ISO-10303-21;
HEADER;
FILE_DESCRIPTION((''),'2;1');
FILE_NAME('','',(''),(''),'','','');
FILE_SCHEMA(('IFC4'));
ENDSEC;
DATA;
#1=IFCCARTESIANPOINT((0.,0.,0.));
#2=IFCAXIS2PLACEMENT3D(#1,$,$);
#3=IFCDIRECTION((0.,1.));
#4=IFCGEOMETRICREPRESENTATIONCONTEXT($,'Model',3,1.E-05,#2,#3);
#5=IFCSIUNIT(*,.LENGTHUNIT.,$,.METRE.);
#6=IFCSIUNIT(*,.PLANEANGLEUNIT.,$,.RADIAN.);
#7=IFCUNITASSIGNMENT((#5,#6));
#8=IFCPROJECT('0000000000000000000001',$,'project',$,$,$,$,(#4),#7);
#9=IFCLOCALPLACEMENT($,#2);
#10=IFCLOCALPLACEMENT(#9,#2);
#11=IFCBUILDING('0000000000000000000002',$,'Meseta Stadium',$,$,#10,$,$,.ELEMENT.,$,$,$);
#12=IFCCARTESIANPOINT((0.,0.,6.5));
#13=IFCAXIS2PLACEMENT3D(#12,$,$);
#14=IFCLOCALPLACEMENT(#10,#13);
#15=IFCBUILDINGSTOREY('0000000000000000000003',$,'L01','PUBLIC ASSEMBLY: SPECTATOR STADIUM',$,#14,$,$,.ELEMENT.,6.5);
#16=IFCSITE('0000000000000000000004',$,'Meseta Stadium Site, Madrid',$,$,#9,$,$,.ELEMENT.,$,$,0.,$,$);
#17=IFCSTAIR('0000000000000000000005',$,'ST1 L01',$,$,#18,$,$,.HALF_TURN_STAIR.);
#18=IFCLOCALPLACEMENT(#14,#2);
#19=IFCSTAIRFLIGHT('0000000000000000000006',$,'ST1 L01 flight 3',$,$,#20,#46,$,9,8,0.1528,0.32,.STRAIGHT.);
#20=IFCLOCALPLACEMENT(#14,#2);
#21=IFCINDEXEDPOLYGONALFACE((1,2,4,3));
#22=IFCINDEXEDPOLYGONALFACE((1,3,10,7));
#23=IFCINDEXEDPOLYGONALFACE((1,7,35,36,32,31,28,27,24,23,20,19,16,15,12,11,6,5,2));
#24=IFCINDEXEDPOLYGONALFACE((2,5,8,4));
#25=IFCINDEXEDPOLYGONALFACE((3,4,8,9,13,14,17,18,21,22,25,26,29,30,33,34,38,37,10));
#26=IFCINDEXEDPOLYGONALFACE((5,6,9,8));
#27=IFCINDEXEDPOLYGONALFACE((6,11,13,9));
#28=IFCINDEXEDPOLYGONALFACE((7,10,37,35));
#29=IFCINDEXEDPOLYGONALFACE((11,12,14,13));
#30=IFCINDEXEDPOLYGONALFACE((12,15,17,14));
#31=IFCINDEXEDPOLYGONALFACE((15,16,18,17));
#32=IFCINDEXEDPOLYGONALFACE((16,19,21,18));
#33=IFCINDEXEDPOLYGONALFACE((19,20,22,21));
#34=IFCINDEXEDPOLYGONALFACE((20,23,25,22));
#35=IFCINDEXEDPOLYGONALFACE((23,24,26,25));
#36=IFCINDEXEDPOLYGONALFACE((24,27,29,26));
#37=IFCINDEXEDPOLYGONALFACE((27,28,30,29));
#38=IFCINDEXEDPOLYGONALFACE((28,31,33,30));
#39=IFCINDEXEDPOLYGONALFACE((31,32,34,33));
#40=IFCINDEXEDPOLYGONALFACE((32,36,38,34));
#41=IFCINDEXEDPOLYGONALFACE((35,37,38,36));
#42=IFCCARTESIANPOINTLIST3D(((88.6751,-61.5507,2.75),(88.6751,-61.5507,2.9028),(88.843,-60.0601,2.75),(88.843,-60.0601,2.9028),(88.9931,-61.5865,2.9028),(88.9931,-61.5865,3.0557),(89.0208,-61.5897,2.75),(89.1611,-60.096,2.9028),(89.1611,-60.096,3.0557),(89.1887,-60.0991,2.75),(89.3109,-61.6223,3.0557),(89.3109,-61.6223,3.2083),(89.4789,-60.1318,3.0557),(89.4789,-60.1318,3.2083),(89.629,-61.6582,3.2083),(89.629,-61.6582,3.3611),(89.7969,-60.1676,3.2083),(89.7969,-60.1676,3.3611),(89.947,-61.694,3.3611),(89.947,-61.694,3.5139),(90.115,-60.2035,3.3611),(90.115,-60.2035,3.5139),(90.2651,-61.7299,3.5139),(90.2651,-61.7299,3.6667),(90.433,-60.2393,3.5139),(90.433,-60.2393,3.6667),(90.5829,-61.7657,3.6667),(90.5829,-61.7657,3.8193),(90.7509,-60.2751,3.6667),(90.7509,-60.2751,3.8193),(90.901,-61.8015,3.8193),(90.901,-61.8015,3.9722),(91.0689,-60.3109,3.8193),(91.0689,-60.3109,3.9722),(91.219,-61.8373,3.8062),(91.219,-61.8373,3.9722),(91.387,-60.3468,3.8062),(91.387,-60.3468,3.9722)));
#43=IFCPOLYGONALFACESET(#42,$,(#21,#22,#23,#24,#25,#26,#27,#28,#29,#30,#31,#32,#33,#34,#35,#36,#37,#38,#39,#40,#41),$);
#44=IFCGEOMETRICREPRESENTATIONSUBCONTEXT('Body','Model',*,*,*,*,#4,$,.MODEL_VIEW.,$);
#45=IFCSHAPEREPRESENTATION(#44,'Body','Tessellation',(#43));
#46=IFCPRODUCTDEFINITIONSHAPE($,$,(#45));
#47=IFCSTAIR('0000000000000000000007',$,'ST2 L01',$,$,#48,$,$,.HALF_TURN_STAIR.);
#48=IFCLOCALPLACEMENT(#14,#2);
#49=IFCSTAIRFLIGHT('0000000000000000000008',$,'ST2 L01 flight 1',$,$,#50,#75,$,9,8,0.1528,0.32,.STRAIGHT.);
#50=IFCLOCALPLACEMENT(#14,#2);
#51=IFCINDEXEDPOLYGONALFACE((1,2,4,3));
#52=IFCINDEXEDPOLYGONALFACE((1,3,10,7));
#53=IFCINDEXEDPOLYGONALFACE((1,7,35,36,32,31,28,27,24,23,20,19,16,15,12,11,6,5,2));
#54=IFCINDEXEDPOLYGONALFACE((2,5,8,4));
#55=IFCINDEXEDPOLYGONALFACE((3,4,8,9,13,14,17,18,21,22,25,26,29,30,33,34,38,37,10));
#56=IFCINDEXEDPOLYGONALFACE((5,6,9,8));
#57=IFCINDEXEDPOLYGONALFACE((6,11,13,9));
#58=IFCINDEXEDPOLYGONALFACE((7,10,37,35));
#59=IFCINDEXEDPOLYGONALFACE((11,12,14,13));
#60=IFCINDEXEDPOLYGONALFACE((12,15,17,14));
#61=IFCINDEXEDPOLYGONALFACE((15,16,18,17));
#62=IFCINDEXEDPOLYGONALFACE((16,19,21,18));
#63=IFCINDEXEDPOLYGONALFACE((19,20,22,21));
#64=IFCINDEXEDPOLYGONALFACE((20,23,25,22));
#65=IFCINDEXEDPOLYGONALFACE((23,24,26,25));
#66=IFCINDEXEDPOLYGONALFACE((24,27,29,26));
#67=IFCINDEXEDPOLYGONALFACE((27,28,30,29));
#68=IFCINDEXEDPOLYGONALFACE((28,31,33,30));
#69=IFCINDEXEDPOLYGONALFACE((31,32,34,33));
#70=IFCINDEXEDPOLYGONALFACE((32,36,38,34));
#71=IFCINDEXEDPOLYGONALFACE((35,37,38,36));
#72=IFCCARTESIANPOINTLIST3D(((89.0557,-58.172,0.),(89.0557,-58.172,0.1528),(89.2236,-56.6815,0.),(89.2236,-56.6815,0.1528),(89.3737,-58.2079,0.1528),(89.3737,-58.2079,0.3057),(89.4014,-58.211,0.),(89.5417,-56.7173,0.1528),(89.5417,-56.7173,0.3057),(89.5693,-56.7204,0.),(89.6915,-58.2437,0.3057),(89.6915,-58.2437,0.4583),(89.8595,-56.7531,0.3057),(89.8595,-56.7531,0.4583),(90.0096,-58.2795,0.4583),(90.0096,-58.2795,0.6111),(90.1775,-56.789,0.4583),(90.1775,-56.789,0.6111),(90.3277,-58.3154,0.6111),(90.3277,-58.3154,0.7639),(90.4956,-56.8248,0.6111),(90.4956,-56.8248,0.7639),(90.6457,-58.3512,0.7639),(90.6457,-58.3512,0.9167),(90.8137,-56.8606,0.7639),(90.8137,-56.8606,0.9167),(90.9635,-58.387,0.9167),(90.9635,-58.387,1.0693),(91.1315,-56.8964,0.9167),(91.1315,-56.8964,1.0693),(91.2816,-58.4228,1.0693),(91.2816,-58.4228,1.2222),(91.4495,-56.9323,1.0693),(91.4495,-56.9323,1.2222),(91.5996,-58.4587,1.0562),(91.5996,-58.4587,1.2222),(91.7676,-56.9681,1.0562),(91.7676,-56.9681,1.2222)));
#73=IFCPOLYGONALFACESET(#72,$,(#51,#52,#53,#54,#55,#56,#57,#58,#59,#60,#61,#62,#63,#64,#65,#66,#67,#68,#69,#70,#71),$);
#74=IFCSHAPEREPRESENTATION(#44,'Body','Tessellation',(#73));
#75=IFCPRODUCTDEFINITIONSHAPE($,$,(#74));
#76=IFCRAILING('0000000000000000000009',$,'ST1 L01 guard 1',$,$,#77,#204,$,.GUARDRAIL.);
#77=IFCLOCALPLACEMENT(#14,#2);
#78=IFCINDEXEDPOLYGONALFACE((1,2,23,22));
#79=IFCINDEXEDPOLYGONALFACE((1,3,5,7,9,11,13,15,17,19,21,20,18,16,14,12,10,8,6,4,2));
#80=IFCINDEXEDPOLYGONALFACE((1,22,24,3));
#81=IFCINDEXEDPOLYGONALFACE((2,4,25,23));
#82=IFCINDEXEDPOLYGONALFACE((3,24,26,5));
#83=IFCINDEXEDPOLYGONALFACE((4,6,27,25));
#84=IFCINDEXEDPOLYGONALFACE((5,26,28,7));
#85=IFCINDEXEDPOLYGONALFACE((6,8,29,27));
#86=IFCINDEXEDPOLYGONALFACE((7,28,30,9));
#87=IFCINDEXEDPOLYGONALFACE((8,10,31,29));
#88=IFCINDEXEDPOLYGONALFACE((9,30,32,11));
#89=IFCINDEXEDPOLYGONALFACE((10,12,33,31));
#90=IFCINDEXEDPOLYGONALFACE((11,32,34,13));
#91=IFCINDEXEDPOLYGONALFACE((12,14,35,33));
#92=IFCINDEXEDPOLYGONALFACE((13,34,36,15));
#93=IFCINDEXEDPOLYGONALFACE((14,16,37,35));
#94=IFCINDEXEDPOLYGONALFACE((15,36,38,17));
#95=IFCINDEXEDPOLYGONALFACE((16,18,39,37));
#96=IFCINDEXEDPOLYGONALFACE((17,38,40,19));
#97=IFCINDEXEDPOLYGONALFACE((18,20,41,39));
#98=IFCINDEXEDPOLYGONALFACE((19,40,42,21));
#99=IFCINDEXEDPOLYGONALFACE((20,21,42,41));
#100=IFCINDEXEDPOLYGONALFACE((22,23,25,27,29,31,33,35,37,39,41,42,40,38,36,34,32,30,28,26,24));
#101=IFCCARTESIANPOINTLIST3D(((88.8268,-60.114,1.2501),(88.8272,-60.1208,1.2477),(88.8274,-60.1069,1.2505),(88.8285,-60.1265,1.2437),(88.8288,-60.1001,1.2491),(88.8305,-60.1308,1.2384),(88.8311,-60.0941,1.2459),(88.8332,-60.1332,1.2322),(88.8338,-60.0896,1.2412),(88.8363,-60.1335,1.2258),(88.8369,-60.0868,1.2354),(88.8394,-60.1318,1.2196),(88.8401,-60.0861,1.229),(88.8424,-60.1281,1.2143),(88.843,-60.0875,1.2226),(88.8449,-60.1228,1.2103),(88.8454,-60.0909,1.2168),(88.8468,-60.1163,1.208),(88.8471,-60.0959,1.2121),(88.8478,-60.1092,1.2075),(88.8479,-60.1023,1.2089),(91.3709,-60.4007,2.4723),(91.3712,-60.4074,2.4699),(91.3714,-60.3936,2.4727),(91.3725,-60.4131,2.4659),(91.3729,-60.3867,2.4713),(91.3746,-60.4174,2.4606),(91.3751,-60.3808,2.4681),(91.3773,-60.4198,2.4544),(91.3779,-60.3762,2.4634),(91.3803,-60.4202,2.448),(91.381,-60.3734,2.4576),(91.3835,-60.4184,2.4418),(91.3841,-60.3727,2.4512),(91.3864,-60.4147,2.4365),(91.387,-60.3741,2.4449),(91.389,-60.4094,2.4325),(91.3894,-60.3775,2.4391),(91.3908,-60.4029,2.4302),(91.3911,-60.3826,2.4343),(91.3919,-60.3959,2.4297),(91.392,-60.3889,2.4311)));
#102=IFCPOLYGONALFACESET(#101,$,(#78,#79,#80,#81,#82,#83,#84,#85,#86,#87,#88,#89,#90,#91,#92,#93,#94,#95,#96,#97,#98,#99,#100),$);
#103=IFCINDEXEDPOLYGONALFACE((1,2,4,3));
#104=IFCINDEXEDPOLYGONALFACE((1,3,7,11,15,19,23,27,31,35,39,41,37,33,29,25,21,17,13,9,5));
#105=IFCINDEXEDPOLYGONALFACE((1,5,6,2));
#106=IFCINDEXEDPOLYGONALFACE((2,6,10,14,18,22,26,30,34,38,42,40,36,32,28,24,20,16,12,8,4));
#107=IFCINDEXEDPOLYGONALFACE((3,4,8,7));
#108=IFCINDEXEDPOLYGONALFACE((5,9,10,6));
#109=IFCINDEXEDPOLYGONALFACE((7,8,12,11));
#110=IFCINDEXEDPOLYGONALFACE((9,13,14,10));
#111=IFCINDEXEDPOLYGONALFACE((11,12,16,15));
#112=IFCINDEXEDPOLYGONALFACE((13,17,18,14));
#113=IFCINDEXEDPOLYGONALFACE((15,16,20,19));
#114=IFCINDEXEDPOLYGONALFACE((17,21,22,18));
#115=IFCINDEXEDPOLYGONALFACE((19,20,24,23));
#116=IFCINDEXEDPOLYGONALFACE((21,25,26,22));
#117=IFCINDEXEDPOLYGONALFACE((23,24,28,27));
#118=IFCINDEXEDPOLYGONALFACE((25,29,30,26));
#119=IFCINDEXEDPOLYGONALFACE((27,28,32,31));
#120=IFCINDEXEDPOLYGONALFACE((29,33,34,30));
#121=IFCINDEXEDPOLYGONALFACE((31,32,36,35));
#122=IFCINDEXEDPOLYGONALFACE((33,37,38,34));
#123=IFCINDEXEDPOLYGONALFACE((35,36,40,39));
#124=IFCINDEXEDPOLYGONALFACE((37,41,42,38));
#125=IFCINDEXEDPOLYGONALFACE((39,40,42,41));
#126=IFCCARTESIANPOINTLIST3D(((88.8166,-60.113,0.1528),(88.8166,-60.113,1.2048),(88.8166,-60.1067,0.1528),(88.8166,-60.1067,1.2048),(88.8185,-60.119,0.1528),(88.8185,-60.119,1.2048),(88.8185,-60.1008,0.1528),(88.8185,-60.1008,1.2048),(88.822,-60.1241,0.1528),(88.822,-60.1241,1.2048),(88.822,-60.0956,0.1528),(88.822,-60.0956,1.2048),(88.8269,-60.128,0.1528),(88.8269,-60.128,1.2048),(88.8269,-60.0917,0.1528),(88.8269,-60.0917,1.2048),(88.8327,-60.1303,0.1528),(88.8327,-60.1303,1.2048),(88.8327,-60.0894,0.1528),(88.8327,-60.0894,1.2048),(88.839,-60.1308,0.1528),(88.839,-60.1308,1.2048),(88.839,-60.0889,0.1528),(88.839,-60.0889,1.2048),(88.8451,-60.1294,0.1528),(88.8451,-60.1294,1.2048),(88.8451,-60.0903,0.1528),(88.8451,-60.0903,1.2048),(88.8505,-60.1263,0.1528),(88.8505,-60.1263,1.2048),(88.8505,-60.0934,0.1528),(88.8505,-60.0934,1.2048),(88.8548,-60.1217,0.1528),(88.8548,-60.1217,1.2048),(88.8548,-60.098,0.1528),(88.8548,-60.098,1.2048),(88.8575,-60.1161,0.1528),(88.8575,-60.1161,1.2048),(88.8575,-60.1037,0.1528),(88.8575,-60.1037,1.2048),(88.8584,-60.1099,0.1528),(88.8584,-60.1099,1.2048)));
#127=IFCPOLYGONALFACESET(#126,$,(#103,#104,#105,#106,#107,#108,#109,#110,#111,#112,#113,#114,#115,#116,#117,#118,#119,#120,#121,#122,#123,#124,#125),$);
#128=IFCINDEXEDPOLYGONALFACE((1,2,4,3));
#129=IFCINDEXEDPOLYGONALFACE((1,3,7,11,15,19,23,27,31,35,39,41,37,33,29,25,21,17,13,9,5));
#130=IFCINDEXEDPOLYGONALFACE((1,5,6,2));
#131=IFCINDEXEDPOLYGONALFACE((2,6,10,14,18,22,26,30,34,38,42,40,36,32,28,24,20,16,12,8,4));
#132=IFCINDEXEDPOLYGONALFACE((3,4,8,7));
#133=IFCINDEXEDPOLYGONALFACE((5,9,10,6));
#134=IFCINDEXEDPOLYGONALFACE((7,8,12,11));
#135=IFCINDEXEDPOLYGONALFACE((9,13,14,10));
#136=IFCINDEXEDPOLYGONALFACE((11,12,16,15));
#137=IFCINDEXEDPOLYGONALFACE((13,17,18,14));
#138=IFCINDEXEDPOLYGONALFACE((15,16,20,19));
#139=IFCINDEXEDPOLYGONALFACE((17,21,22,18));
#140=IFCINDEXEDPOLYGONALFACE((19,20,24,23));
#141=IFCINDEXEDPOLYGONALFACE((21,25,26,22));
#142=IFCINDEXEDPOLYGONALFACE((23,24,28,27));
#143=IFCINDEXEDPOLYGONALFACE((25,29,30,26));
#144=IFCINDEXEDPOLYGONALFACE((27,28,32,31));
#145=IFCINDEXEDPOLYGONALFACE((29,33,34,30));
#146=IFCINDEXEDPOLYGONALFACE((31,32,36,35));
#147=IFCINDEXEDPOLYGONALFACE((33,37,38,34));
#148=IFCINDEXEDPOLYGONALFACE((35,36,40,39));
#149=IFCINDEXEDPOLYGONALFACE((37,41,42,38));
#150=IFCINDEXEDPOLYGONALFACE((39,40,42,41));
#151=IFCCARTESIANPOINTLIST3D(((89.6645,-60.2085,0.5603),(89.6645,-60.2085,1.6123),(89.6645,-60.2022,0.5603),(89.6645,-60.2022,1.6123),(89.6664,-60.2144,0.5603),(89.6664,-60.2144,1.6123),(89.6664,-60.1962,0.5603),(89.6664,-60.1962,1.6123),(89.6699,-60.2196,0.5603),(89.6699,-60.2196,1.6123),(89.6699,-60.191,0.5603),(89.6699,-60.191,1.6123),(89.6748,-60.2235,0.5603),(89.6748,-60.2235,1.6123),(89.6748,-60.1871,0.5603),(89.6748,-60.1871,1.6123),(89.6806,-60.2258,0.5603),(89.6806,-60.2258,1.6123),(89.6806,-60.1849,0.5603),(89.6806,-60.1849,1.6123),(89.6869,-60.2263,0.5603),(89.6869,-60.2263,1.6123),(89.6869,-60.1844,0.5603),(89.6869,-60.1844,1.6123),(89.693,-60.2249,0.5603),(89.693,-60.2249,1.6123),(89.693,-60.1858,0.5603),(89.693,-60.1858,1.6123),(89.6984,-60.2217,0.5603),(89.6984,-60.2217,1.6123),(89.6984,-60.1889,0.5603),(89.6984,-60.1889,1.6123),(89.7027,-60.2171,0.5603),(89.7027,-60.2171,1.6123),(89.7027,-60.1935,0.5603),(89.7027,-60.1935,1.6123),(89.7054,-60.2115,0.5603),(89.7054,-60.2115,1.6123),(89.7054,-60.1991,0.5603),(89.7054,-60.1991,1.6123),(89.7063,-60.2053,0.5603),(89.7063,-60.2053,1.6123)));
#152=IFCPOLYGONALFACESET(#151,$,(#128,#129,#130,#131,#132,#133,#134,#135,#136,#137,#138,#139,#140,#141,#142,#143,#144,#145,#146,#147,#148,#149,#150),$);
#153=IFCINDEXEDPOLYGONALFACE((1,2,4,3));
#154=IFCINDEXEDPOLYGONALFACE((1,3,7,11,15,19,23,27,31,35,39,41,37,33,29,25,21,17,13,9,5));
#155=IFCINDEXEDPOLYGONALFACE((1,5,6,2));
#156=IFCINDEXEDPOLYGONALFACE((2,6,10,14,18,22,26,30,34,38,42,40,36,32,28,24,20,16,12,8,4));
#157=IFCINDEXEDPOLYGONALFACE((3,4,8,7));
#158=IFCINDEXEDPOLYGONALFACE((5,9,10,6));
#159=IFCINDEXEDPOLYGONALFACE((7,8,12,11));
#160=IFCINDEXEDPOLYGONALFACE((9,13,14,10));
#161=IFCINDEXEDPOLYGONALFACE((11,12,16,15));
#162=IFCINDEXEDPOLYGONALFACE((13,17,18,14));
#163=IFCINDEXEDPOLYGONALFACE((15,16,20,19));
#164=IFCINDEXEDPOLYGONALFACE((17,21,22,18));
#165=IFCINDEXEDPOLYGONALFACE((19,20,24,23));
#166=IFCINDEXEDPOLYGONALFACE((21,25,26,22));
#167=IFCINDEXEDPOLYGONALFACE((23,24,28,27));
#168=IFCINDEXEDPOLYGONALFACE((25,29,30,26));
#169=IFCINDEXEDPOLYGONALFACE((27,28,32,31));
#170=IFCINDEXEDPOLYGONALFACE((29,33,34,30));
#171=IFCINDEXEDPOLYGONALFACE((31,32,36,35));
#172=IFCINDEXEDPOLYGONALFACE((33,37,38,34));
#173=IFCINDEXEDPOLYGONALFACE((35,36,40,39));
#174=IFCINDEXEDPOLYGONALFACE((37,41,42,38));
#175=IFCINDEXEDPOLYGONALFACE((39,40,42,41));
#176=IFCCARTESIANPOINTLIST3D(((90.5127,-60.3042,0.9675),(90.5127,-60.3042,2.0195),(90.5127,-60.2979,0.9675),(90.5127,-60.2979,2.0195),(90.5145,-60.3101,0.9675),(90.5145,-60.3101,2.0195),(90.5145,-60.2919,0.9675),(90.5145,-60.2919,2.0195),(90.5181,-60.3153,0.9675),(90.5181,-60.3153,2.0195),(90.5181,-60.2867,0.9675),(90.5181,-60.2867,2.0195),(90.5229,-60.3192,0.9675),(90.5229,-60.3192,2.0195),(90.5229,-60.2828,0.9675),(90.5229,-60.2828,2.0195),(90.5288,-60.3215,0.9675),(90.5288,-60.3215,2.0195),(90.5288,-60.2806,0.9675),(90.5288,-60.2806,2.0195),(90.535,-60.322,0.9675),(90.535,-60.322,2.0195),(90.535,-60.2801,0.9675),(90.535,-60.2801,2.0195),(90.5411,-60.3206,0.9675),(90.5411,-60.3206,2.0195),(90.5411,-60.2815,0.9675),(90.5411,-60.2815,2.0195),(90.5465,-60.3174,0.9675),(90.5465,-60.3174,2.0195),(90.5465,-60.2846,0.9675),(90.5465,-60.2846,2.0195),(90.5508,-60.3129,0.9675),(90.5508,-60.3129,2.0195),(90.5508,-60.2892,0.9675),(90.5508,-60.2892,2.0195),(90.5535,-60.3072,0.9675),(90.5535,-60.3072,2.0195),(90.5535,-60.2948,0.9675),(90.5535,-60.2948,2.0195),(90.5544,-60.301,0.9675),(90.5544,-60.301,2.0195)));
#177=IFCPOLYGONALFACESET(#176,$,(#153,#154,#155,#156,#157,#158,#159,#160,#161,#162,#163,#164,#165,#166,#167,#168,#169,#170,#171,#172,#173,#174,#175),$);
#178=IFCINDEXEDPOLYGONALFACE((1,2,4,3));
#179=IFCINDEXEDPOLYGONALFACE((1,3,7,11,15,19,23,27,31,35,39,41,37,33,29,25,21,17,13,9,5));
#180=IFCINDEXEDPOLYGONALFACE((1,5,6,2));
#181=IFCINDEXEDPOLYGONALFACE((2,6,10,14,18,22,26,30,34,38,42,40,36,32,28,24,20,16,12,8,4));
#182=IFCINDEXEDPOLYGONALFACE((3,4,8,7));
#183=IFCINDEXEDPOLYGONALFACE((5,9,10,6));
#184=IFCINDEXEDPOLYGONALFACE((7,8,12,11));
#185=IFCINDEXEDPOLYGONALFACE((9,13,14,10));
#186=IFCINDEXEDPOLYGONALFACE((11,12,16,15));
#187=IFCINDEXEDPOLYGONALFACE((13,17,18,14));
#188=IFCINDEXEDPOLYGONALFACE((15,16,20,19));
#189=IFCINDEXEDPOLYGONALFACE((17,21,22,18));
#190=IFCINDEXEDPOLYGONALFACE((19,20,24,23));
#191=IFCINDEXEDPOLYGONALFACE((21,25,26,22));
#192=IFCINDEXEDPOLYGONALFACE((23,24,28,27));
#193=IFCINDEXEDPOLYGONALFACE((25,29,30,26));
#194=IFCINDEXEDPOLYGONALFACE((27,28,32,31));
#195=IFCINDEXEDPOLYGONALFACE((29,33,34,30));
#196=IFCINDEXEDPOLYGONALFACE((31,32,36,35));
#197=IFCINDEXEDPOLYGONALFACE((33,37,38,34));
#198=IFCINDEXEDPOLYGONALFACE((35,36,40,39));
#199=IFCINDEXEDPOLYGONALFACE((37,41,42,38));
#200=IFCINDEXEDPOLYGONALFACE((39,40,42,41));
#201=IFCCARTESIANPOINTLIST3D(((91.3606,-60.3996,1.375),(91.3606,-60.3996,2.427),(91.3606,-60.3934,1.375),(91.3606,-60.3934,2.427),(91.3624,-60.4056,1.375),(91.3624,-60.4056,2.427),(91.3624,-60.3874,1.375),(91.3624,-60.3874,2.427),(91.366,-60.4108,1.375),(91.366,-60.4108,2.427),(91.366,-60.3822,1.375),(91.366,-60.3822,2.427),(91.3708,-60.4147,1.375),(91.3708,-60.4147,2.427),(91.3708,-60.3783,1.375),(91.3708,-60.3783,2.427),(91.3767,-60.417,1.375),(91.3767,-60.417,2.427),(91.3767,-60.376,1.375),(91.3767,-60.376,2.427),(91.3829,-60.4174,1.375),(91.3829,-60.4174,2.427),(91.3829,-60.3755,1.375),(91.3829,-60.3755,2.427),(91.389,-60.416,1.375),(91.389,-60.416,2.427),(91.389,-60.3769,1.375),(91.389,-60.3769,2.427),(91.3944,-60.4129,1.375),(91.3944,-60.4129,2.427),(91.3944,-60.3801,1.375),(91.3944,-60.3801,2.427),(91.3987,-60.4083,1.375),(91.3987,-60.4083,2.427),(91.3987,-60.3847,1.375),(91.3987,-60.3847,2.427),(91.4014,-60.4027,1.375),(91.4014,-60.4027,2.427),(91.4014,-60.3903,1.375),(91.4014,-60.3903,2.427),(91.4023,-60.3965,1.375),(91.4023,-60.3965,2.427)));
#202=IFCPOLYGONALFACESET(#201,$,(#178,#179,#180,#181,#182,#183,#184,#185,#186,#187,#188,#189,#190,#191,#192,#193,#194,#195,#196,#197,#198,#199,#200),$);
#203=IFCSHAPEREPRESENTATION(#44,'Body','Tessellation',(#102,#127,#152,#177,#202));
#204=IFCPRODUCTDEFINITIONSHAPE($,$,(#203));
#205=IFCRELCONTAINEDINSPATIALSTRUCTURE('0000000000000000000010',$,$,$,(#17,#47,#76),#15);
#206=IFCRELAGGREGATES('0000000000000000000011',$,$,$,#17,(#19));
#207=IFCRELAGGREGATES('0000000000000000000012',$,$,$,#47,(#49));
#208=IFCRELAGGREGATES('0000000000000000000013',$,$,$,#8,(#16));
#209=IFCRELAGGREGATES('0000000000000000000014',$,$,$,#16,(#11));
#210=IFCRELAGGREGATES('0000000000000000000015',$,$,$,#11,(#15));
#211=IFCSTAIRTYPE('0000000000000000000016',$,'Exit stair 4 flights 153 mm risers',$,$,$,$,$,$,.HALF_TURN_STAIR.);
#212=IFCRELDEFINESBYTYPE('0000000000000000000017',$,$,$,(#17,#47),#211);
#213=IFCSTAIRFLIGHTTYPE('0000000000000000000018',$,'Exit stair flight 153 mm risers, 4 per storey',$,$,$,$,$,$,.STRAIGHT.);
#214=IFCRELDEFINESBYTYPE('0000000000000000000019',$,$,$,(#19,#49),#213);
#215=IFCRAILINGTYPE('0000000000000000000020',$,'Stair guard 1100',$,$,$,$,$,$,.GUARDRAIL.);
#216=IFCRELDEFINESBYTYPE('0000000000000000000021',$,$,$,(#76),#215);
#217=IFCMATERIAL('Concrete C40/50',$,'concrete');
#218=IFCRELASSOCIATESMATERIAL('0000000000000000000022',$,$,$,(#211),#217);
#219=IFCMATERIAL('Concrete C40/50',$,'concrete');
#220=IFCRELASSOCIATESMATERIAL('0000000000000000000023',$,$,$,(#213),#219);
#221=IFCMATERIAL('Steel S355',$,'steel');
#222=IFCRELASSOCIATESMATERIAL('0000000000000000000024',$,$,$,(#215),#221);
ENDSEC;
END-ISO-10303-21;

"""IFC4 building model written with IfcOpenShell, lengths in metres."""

from ifc_helpers import new_model, si_unit, direction, frame, origin, origin_2d, place, context, subcontext, project, spatial, polyline, circle, outline, extrude, material, type_object, element, aggregate, save


model = new_model("IFC4")

# Units and contexts
model_context = context("Model", 3, precision=1e-05, world=origin(), true_north=direction((0.0, 1.0)))
body_context = subcontext(model_context, "Body", "Model", "MODEL_VIEW")
ifc_project = project(units=[si_unit("LENGTHUNIT", "METRE"), si_unit("PLANEANGLEUNIT", "RADIAN")], contexts=[model_context])

# Site, building, storey
site_placement = place(None, origin())
site = spatial("IfcSite", under=ifc_project, at=site_placement, Name="Meseta Stadium Site, Madrid", CompositionType="ELEMENT", RefElevation=0.0)
building_placement = place(site_placement, origin())
building = spatial("IfcBuilding", under=site, at=building_placement, Name="Meseta Stadium", CompositionType="ELEMENT")
storey_placement = place(building_placement, frame((0.0, 0.0, 6.5)))
storey = spatial("IfcBuildingStorey", under=building, at=storey_placement, Name="L01", Description="PUBLIC ASSEMBLY: SPECTATOR STADIUM", CompositionType="ELEMENT", Elevation=6.5)

# Stair, stair flight
ifc_material_1 = material(Name="Concrete C40/50", Category="concrete")
stair_type = type_object("IfcStairType", Name="Exit stair 4 flights 153 mm risers", PredefinedType="HALF_TURN_STAIR", material=ifc_material_1)
stair_1_placement = place(storey_placement, origin())
stair_1 = element("IfcStair", 1, at=stair_1_placement, inside=storey, type_object=stair_type, Name="ST1 L01", PredefinedType="HALF_TURN_STAIR")
ifc_material_2 = material(Name="Concrete C40/50", Category="concrete")
stair_flight_type = type_object("IfcStairFlightType", Name="Exit stair flight 153 mm risers, 4 per storey", PredefinedType="STRAIGHT", material=ifc_material_2)
stair_flight_1_placement = place(storey_placement, frame((88.759, -60.8054, 2.75), z_axis=(0.0, 0.0, 1.0), x_axis=(0.993712, -0.111964, 0.0)))
stair_flight_1 = element("IfcStairFlight", 2, at=stair_flight_1_placement, type_object=stair_flight_type, Name="ST1 L01 flight 3", NumberOfRisers=9, NumberOfTreads=8, PredefinedType="STRAIGHT", RiserHeight=0.1528, TreadLength=0.32, context=body_context, shape_type="SweptSolid", body=[
    extrude(outline(polyline([(0.0, 0.0), (0.0, 0.1528), (0.3201, 0.1528), (0.3201, 0.3057), (0.6399, 0.3057), (0.6399, 0.4583), (0.96, 0.4583), (0.96, 0.6111), (1.28, 0.6111), (1.28, 0.7639), (1.6001, 0.7639), (1.6001, 0.9167), (1.9199, 0.9167), (1.9199, 1.0693), (2.24, 1.0693), (2.24, 1.2222), (2.5601, 1.2222), (2.5601, 1.0562), (0.3479, 0.0), (0.0, 0.0)])), frame((0.0, 0.75, 0.0), z_axis=(0.0, -1.0, 0.0), x_axis=(1.0, 0.0, 0.0)), (0.0, 0.0, 1.0), 1.5),
])
aggregate(stair_1, [stair_flight_1])

# Stair, stair flight
stair_2_placement = place(storey_placement, origin())
stair_2 = element("IfcStair", 3, at=stair_2_placement, inside=storey, type_object=stair_type, Name="ST2 L01", PredefinedType="HALF_TURN_STAIR")
stair_flight_2_placement = place(storey_placement, frame((89.1396, -57.4268, 0.0), z_axis=(0.0, 0.0, 1.0), x_axis=(0.993712, -0.111964, 0.0)))
stair_flight_2 = element("IfcStairFlight", 4, at=stair_flight_2_placement, type_object=stair_flight_type, Name="ST2 L01 flight 1", NumberOfRisers=9, NumberOfTreads=8, PredefinedType="STRAIGHT", RiserHeight=0.1528, TreadLength=0.32, context=body_context, shape_type="SweptSolid", body=[
    extrude(outline(polyline([(0.0, 0.0), (0.0, 0.1528), (0.3201, 0.1528), (0.3201, 0.3057), (0.6399, 0.3057), (0.6399, 0.4583), (0.96, 0.4583), (0.96, 0.6111), (1.28, 0.6111), (1.28, 0.7639), (1.6001, 0.7639), (1.6001, 0.9167), (1.9199, 0.9167), (1.9199, 1.0693), (2.24, 1.0693), (2.24, 1.2222), (2.5601, 1.2222), (2.5601, 1.0562), (0.3479, 0.0), (0.0, 0.0)])), frame((0.0, 0.75, 0.0), z_axis=(0.0, -1.0, 0.0), x_axis=(1.0, 0.0, 0.0)), (0.0, 0.0, 1.0), 1.5),
])
aggregate(stair_2, [stair_flight_2])

# Railing
ifc_material_3 = material(Name="Steel S355", Category="steel")
railing_type_1 = type_object("IfcRailingType", Name="Stair guard 1100", PredefinedType="GUARDRAIL", material=ifc_material_3)
railing_1_placement = place(storey_placement, frame((88.8374, -60.1099, 0.1528)))
element("IfcRailing", 5, at=railing_1_placement, inside=storey, type_object=railing_type_1, Name="ST1 L01 guard 1", PredefinedType="GUARDRAIL", context=body_context, shape_type="SweptSolid", body=[
    extrude(circle(Radius=0.0239, at=origin_2d()), frame((0.0, 0.0, 1.0762), z_axis=(0.896762, -0.101036, 0.430824), x_axis=(0.11196, 0.993713, 0.0)), (0.0, 0.0, 1.0), 2.8369),
    extrude(circle(Radius=0.021, at=origin_2d()), origin(), (0.0, 0.0, 1.0), 1.052),
    extrude(circle(Radius=0.021, at=origin_2d()), frame((0.8479, -0.0955, 0.4075)), (0.0, 0.0, 1.0), 1.052),
    extrude(circle(Radius=0.021, at=origin_2d()), frame((1.696, -0.1912, 0.8147)), (0.0, 0.0, 1.0), 1.052),
    extrude(circle(Radius=0.021, at=origin_2d()), frame((2.5439, -0.2866, 1.2222)), (0.0, 0.0, 1.0), 1.052),
])

save(model, "model.ifc")
